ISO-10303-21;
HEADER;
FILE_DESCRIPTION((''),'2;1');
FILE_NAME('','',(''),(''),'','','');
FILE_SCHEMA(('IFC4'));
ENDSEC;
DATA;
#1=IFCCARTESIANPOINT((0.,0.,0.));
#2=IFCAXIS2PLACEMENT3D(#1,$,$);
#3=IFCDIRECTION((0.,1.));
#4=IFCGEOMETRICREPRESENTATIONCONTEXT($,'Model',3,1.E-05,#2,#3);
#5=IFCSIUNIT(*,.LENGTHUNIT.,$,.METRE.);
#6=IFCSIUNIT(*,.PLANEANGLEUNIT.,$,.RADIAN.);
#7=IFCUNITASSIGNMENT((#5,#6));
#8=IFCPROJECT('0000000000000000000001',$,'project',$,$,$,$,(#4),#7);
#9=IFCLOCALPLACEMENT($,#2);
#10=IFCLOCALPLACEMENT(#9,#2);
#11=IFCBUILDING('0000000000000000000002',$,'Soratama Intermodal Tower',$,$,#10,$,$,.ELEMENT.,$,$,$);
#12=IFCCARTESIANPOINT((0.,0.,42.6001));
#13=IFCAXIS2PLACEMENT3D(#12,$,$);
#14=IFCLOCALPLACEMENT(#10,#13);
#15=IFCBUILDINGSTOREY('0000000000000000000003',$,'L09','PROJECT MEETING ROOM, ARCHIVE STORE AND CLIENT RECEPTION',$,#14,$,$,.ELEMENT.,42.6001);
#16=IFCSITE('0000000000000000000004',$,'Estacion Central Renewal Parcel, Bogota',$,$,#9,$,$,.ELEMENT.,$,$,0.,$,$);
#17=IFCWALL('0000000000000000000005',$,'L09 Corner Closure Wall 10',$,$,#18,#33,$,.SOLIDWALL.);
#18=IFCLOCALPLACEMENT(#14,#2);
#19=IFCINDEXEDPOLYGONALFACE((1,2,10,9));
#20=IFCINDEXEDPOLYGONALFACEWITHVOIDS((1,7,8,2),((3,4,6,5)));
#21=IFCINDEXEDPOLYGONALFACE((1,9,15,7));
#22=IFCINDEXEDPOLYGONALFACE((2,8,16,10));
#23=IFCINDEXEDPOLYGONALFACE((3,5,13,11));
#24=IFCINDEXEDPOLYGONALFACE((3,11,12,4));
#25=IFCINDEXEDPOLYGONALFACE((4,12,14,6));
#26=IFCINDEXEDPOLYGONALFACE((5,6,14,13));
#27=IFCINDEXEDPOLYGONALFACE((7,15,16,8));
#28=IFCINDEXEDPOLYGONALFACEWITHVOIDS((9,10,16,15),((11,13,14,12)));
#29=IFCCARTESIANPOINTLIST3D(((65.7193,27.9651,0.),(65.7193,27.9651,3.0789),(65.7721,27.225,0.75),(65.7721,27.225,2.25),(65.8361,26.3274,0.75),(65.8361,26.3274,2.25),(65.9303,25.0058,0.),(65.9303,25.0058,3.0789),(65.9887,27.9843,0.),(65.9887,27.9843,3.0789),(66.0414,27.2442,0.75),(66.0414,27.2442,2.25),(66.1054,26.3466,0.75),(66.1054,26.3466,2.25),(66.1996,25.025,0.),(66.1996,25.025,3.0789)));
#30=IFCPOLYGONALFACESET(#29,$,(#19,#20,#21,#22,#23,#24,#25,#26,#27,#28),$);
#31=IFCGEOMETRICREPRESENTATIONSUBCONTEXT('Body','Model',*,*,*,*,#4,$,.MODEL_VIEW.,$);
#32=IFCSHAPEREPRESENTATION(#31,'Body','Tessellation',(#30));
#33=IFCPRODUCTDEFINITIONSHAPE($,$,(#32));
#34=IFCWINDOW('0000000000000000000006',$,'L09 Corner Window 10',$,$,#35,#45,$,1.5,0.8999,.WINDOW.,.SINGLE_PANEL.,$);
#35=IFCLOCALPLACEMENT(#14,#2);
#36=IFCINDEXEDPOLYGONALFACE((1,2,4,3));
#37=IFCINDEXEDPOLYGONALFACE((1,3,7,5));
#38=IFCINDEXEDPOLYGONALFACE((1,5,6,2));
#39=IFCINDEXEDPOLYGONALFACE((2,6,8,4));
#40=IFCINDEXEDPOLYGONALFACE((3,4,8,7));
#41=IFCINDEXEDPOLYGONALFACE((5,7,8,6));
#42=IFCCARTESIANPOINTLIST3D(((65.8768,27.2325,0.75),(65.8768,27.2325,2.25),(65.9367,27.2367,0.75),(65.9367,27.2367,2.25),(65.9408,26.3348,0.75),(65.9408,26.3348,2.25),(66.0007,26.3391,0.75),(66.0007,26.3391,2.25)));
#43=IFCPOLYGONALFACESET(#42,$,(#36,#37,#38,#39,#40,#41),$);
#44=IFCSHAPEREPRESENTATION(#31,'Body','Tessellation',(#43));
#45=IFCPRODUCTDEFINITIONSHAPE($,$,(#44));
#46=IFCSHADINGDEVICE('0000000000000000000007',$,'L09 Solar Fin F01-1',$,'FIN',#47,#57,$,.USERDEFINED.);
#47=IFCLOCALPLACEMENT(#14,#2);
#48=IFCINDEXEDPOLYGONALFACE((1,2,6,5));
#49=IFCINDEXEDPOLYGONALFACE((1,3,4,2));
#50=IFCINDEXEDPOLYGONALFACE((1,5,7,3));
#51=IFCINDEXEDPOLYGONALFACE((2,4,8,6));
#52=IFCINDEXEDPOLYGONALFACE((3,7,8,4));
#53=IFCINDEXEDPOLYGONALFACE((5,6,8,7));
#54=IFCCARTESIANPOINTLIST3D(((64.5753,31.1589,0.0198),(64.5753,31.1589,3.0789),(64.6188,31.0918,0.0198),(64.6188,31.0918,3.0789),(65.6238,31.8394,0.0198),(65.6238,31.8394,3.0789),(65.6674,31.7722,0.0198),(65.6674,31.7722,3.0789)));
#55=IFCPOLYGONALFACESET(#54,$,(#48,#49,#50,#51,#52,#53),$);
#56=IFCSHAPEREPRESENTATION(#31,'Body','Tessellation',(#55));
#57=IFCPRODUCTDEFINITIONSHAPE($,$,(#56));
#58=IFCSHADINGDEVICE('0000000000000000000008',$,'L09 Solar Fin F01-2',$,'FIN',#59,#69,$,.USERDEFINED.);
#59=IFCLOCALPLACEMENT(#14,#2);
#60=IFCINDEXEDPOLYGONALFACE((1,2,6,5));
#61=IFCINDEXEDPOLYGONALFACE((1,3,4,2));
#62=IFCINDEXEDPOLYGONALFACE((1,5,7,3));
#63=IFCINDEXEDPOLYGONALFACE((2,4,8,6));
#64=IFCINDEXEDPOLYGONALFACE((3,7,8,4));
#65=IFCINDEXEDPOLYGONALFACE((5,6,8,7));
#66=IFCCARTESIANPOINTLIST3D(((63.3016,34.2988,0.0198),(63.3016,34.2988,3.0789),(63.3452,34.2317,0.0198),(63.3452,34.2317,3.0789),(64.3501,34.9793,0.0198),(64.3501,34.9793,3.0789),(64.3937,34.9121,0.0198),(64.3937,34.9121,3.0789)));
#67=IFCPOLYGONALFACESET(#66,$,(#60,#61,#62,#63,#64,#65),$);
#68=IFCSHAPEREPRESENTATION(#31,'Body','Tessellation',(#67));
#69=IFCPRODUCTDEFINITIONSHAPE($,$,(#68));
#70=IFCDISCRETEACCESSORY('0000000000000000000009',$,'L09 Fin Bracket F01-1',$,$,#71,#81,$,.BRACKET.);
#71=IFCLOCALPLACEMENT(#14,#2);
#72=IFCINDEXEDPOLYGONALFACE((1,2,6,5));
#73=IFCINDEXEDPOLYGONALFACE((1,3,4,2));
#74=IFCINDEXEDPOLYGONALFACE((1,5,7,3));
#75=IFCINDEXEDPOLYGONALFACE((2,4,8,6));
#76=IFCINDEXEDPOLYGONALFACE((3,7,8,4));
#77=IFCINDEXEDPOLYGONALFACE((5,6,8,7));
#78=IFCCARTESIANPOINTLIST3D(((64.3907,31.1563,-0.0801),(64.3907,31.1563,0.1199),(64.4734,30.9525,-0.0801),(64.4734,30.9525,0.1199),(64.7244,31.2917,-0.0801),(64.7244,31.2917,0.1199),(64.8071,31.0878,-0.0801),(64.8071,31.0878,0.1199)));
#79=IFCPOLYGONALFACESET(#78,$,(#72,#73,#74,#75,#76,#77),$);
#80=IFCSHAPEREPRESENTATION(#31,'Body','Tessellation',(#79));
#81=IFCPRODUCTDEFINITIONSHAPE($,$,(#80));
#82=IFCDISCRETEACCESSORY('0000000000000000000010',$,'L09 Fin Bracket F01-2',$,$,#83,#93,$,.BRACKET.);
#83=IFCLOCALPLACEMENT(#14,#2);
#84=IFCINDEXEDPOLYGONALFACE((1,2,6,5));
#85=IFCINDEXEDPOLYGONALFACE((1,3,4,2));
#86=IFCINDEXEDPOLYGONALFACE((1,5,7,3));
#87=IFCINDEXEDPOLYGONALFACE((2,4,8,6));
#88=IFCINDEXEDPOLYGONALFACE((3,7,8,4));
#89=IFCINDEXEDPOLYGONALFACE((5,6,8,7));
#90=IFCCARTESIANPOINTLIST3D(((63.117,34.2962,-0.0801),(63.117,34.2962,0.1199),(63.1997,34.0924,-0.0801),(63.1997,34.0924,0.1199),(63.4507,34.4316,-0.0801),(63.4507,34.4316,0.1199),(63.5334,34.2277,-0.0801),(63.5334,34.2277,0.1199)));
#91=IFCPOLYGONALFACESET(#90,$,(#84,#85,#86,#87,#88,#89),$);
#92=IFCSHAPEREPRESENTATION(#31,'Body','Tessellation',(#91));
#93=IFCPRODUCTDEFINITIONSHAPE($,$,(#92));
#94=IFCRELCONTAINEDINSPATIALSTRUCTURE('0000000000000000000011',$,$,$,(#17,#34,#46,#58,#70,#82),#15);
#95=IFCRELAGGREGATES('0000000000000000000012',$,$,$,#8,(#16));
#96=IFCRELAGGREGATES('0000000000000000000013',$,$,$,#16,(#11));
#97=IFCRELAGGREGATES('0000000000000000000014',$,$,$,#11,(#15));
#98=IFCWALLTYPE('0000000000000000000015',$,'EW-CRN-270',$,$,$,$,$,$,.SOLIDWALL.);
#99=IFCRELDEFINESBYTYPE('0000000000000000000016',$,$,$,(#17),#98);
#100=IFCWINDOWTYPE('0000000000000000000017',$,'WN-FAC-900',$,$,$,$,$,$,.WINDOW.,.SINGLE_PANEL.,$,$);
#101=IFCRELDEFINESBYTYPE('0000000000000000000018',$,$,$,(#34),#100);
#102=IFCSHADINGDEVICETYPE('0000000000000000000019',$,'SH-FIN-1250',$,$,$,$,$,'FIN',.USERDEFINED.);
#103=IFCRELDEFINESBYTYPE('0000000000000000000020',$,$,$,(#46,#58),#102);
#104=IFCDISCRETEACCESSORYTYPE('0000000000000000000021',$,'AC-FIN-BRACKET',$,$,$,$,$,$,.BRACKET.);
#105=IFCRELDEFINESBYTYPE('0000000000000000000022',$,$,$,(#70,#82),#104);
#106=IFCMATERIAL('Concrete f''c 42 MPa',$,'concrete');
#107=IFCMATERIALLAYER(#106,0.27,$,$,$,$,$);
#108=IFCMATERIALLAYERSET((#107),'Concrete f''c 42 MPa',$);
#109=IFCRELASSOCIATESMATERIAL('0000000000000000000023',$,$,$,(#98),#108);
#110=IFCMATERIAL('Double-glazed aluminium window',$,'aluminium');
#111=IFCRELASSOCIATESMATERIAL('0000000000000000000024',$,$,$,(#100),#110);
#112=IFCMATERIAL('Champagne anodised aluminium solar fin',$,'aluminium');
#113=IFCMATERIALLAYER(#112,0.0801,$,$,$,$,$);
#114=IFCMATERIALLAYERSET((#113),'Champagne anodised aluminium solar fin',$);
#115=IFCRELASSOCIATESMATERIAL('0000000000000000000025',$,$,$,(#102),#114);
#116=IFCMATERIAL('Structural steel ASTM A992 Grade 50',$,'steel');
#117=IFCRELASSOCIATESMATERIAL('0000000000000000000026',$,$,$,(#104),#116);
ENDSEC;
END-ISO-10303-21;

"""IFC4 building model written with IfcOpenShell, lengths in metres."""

from ifc_helpers import new_model, si_unit, direction, frame, frame_2d, origin, origin_2d, place, context, subcontext, project, spatial, rectangle, extrude, material, layer, layer_set, type_object, element, fill, save


model = new_model("IFC4")

# Units and contexts
model_context = context("Model", 3, precision=1e-05, world=origin(), true_north=direction((0.0, 1.0)))
body_context = subcontext(model_context, "Body", "Model", "MODEL_VIEW")
ifc_project = project(units=[si_unit("LENGTHUNIT", "METRE"), si_unit("PLANEANGLEUNIT", "RADIAN")], contexts=[model_context])

# Site, building, storey
site_placement = place(None, origin())
site = spatial("IfcSite", under=ifc_project, at=site_placement, Name="Estacion Central Renewal Parcel, Bogota", CompositionType="ELEMENT", RefElevation=0.0)
building_placement = place(site_placement, origin())
building = spatial("IfcBuilding", under=site, at=building_placement, Name="Soratama Intermodal Tower", CompositionType="ELEMENT")
storey_placement = place(building_placement, frame((0.0, 0.0, 42.6001)))
storey = spatial("IfcBuildingStorey", under=building, at=storey_placement, Name="L09", Description="PROJECT MEETING ROOM, ARCHIVE STORE AND CLIENT RECEPTION", CompositionType="ELEMENT", Elevation=42.6001)

# Wall, opening, window
ifc_material_1 = material(Name="Concrete f'c 42 MPa", Category="concrete")
ifc_layer_1 = layer(ifc_material_1, 0.27)
ifc_layer_set_1 = layer_set([ifc_layer_1], Name="Concrete f'c 42 MPa")
wall_type = type_object("IfcWallType", Name="EW-CRN-270", PredefinedType="SOLIDWALL", material=ifc_layer_set_1)
wall_placement = place(storey_placement, frame((66.0649, 25.0154, 0.0), z_axis=(0.0, 0.0, 1.0), x_axis=(-0.071101, 0.997469, 0.0)))
wall = element("IfcWall", 1, at=wall_placement, inside=storey, type_object=wall_type, Name="L09 Corner Closure Wall 10", PredefinedType="SOLIDWALL", context=body_context, shape_type="SweptSolid", body=[
    extrude(rectangle(XDim=2.9668, YDim=0.27, at=frame_2d((1.4834, 0.0))), origin(), (0.0, 0.0, 1.0), 3.0789),
])
opening_placement = place(wall_placement, frame((1.325, 0.0, 0.75)))
opening = element("IfcOpeningElement", 2, at=opening_placement, cuts=wall, PredefinedType="OPENING", context=body_context, shape_type="SweptSolid", body=[
    extrude(rectangle(XDim=0.8999, YDim=1.5, at=frame_2d((0.45, 0.75))), frame((0.0, 0.145, 0.0), z_axis=(0.0, -1.0, 0.0), x_axis=(1.0, 0.0, 0.0)), (0.0, 0.0, 1.0), 0.29),
])
ifc_material_2 = material(Name="Double-glazed aluminium window", Category="aluminium")
window_type = type_object("IfcWindowType", Name="WN-FAC-900", PartitioningType="SINGLE_PANEL", PredefinedType="WINDOW", material=ifc_material_2)
window_placement = place(opening_placement, origin())
window = element("IfcWindow", 3, at=window_placement, inside=storey, type_object=window_type, Name="L09 Corner Window 10", OverallHeight=1.5, OverallWidth=0.8999, PartitioningType="SINGLE_PANEL", PredefinedType="WINDOW", context=body_context, shape_type="SweptSolid", body=[
    extrude(rectangle(XDim=0.8999, YDim=1.5, at=frame_2d((0.45, 0.75))), frame((0.0, 0.03, 0.0), z_axis=(0.0, -1.0, 0.0), x_axis=(1.0, 0.0, 0.0)), (0.0, 0.0, 1.0), 0.0601),
])
fill(opening, window)

# Shading devices
ifc_material_3 = material(Name="Champagne anodised aluminium solar fin", Category="aluminium")
ifc_layer_2 = layer(ifc_material_3, 0.0801)
ifc_layer_set_2 = layer_set([ifc_layer_2], Name="Champagne anodised aluminium solar fin")
shading_device_type = type_object("IfcShadingDeviceType", Name="SH-FIN-1250", ElementType="FIN", PredefinedType="USERDEFINED", material=ifc_layer_set_2)
for number, where, z_axis, x_axis, name in (
    (4, (65.1213, 31.4656, 0.0198), (0.0, 0.0, 1.0), (0.838861, 0.544346, 0.0), "L09 Solar Fin F01-1"),
    (5, (63.8477, 34.6055, 0.0198), (0.0, 0.0, 1.0), (0.838861, 0.544346, 0.0), "L09 Solar Fin F01-2"),
):
    element("IfcShadingDevice", number, at=place(storey_placement, frame(where, z_axis=z_axis, x_axis=x_axis)), inside=storey, type_object=shading_device_type, Name=name, ObjectType="FIN", PredefinedType="USERDEFINED", context=body_context, shape_type="SweptSolid", body=[
        extrude(rectangle(XDim=1.25, YDim=0.0801, at=origin_2d()), origin(), (0.0, 0.0, 1.0), 3.0591),
    ])

# Discrete accessories
ifc_material_4 = material(Name="Structural steel ASTM A992 Grade 50", Category="steel")
discrete_accessory_type = type_object("IfcDiscreteAccessoryType", Name="AC-FIN-BRACKET", PredefinedType="BRACKET", material=ifc_material_4)
for number, where, z_axis, x_axis, name in (
    (6, (64.5989, 31.1221, -0.0801), (0.0, 0.0, 1.0), (0.92666, 0.375901, 0.0), "L09 Fin Bracket F01-1"),
    (7, (63.3252, 34.262, -0.0801), (0.0, 0.0, 1.0), (0.92666, 0.375901, 0.0), "L09 Fin Bracket F01-2"),
):
    element("IfcDiscreteAccessory", number, at=place(storey_placement, frame(where, z_axis=z_axis, x_axis=x_axis)), inside=storey, type_object=discrete_accessory_type, Name=name, PredefinedType="BRACKET", context=body_context, shape_type="SweptSolid", body=[
        extrude(rectangle(XDim=0.3601, YDim=0.22, at=origin_2d()), origin(), (0.0, 0.0, 1.0), 0.2),
    ])

save(model, "model.ifc")
